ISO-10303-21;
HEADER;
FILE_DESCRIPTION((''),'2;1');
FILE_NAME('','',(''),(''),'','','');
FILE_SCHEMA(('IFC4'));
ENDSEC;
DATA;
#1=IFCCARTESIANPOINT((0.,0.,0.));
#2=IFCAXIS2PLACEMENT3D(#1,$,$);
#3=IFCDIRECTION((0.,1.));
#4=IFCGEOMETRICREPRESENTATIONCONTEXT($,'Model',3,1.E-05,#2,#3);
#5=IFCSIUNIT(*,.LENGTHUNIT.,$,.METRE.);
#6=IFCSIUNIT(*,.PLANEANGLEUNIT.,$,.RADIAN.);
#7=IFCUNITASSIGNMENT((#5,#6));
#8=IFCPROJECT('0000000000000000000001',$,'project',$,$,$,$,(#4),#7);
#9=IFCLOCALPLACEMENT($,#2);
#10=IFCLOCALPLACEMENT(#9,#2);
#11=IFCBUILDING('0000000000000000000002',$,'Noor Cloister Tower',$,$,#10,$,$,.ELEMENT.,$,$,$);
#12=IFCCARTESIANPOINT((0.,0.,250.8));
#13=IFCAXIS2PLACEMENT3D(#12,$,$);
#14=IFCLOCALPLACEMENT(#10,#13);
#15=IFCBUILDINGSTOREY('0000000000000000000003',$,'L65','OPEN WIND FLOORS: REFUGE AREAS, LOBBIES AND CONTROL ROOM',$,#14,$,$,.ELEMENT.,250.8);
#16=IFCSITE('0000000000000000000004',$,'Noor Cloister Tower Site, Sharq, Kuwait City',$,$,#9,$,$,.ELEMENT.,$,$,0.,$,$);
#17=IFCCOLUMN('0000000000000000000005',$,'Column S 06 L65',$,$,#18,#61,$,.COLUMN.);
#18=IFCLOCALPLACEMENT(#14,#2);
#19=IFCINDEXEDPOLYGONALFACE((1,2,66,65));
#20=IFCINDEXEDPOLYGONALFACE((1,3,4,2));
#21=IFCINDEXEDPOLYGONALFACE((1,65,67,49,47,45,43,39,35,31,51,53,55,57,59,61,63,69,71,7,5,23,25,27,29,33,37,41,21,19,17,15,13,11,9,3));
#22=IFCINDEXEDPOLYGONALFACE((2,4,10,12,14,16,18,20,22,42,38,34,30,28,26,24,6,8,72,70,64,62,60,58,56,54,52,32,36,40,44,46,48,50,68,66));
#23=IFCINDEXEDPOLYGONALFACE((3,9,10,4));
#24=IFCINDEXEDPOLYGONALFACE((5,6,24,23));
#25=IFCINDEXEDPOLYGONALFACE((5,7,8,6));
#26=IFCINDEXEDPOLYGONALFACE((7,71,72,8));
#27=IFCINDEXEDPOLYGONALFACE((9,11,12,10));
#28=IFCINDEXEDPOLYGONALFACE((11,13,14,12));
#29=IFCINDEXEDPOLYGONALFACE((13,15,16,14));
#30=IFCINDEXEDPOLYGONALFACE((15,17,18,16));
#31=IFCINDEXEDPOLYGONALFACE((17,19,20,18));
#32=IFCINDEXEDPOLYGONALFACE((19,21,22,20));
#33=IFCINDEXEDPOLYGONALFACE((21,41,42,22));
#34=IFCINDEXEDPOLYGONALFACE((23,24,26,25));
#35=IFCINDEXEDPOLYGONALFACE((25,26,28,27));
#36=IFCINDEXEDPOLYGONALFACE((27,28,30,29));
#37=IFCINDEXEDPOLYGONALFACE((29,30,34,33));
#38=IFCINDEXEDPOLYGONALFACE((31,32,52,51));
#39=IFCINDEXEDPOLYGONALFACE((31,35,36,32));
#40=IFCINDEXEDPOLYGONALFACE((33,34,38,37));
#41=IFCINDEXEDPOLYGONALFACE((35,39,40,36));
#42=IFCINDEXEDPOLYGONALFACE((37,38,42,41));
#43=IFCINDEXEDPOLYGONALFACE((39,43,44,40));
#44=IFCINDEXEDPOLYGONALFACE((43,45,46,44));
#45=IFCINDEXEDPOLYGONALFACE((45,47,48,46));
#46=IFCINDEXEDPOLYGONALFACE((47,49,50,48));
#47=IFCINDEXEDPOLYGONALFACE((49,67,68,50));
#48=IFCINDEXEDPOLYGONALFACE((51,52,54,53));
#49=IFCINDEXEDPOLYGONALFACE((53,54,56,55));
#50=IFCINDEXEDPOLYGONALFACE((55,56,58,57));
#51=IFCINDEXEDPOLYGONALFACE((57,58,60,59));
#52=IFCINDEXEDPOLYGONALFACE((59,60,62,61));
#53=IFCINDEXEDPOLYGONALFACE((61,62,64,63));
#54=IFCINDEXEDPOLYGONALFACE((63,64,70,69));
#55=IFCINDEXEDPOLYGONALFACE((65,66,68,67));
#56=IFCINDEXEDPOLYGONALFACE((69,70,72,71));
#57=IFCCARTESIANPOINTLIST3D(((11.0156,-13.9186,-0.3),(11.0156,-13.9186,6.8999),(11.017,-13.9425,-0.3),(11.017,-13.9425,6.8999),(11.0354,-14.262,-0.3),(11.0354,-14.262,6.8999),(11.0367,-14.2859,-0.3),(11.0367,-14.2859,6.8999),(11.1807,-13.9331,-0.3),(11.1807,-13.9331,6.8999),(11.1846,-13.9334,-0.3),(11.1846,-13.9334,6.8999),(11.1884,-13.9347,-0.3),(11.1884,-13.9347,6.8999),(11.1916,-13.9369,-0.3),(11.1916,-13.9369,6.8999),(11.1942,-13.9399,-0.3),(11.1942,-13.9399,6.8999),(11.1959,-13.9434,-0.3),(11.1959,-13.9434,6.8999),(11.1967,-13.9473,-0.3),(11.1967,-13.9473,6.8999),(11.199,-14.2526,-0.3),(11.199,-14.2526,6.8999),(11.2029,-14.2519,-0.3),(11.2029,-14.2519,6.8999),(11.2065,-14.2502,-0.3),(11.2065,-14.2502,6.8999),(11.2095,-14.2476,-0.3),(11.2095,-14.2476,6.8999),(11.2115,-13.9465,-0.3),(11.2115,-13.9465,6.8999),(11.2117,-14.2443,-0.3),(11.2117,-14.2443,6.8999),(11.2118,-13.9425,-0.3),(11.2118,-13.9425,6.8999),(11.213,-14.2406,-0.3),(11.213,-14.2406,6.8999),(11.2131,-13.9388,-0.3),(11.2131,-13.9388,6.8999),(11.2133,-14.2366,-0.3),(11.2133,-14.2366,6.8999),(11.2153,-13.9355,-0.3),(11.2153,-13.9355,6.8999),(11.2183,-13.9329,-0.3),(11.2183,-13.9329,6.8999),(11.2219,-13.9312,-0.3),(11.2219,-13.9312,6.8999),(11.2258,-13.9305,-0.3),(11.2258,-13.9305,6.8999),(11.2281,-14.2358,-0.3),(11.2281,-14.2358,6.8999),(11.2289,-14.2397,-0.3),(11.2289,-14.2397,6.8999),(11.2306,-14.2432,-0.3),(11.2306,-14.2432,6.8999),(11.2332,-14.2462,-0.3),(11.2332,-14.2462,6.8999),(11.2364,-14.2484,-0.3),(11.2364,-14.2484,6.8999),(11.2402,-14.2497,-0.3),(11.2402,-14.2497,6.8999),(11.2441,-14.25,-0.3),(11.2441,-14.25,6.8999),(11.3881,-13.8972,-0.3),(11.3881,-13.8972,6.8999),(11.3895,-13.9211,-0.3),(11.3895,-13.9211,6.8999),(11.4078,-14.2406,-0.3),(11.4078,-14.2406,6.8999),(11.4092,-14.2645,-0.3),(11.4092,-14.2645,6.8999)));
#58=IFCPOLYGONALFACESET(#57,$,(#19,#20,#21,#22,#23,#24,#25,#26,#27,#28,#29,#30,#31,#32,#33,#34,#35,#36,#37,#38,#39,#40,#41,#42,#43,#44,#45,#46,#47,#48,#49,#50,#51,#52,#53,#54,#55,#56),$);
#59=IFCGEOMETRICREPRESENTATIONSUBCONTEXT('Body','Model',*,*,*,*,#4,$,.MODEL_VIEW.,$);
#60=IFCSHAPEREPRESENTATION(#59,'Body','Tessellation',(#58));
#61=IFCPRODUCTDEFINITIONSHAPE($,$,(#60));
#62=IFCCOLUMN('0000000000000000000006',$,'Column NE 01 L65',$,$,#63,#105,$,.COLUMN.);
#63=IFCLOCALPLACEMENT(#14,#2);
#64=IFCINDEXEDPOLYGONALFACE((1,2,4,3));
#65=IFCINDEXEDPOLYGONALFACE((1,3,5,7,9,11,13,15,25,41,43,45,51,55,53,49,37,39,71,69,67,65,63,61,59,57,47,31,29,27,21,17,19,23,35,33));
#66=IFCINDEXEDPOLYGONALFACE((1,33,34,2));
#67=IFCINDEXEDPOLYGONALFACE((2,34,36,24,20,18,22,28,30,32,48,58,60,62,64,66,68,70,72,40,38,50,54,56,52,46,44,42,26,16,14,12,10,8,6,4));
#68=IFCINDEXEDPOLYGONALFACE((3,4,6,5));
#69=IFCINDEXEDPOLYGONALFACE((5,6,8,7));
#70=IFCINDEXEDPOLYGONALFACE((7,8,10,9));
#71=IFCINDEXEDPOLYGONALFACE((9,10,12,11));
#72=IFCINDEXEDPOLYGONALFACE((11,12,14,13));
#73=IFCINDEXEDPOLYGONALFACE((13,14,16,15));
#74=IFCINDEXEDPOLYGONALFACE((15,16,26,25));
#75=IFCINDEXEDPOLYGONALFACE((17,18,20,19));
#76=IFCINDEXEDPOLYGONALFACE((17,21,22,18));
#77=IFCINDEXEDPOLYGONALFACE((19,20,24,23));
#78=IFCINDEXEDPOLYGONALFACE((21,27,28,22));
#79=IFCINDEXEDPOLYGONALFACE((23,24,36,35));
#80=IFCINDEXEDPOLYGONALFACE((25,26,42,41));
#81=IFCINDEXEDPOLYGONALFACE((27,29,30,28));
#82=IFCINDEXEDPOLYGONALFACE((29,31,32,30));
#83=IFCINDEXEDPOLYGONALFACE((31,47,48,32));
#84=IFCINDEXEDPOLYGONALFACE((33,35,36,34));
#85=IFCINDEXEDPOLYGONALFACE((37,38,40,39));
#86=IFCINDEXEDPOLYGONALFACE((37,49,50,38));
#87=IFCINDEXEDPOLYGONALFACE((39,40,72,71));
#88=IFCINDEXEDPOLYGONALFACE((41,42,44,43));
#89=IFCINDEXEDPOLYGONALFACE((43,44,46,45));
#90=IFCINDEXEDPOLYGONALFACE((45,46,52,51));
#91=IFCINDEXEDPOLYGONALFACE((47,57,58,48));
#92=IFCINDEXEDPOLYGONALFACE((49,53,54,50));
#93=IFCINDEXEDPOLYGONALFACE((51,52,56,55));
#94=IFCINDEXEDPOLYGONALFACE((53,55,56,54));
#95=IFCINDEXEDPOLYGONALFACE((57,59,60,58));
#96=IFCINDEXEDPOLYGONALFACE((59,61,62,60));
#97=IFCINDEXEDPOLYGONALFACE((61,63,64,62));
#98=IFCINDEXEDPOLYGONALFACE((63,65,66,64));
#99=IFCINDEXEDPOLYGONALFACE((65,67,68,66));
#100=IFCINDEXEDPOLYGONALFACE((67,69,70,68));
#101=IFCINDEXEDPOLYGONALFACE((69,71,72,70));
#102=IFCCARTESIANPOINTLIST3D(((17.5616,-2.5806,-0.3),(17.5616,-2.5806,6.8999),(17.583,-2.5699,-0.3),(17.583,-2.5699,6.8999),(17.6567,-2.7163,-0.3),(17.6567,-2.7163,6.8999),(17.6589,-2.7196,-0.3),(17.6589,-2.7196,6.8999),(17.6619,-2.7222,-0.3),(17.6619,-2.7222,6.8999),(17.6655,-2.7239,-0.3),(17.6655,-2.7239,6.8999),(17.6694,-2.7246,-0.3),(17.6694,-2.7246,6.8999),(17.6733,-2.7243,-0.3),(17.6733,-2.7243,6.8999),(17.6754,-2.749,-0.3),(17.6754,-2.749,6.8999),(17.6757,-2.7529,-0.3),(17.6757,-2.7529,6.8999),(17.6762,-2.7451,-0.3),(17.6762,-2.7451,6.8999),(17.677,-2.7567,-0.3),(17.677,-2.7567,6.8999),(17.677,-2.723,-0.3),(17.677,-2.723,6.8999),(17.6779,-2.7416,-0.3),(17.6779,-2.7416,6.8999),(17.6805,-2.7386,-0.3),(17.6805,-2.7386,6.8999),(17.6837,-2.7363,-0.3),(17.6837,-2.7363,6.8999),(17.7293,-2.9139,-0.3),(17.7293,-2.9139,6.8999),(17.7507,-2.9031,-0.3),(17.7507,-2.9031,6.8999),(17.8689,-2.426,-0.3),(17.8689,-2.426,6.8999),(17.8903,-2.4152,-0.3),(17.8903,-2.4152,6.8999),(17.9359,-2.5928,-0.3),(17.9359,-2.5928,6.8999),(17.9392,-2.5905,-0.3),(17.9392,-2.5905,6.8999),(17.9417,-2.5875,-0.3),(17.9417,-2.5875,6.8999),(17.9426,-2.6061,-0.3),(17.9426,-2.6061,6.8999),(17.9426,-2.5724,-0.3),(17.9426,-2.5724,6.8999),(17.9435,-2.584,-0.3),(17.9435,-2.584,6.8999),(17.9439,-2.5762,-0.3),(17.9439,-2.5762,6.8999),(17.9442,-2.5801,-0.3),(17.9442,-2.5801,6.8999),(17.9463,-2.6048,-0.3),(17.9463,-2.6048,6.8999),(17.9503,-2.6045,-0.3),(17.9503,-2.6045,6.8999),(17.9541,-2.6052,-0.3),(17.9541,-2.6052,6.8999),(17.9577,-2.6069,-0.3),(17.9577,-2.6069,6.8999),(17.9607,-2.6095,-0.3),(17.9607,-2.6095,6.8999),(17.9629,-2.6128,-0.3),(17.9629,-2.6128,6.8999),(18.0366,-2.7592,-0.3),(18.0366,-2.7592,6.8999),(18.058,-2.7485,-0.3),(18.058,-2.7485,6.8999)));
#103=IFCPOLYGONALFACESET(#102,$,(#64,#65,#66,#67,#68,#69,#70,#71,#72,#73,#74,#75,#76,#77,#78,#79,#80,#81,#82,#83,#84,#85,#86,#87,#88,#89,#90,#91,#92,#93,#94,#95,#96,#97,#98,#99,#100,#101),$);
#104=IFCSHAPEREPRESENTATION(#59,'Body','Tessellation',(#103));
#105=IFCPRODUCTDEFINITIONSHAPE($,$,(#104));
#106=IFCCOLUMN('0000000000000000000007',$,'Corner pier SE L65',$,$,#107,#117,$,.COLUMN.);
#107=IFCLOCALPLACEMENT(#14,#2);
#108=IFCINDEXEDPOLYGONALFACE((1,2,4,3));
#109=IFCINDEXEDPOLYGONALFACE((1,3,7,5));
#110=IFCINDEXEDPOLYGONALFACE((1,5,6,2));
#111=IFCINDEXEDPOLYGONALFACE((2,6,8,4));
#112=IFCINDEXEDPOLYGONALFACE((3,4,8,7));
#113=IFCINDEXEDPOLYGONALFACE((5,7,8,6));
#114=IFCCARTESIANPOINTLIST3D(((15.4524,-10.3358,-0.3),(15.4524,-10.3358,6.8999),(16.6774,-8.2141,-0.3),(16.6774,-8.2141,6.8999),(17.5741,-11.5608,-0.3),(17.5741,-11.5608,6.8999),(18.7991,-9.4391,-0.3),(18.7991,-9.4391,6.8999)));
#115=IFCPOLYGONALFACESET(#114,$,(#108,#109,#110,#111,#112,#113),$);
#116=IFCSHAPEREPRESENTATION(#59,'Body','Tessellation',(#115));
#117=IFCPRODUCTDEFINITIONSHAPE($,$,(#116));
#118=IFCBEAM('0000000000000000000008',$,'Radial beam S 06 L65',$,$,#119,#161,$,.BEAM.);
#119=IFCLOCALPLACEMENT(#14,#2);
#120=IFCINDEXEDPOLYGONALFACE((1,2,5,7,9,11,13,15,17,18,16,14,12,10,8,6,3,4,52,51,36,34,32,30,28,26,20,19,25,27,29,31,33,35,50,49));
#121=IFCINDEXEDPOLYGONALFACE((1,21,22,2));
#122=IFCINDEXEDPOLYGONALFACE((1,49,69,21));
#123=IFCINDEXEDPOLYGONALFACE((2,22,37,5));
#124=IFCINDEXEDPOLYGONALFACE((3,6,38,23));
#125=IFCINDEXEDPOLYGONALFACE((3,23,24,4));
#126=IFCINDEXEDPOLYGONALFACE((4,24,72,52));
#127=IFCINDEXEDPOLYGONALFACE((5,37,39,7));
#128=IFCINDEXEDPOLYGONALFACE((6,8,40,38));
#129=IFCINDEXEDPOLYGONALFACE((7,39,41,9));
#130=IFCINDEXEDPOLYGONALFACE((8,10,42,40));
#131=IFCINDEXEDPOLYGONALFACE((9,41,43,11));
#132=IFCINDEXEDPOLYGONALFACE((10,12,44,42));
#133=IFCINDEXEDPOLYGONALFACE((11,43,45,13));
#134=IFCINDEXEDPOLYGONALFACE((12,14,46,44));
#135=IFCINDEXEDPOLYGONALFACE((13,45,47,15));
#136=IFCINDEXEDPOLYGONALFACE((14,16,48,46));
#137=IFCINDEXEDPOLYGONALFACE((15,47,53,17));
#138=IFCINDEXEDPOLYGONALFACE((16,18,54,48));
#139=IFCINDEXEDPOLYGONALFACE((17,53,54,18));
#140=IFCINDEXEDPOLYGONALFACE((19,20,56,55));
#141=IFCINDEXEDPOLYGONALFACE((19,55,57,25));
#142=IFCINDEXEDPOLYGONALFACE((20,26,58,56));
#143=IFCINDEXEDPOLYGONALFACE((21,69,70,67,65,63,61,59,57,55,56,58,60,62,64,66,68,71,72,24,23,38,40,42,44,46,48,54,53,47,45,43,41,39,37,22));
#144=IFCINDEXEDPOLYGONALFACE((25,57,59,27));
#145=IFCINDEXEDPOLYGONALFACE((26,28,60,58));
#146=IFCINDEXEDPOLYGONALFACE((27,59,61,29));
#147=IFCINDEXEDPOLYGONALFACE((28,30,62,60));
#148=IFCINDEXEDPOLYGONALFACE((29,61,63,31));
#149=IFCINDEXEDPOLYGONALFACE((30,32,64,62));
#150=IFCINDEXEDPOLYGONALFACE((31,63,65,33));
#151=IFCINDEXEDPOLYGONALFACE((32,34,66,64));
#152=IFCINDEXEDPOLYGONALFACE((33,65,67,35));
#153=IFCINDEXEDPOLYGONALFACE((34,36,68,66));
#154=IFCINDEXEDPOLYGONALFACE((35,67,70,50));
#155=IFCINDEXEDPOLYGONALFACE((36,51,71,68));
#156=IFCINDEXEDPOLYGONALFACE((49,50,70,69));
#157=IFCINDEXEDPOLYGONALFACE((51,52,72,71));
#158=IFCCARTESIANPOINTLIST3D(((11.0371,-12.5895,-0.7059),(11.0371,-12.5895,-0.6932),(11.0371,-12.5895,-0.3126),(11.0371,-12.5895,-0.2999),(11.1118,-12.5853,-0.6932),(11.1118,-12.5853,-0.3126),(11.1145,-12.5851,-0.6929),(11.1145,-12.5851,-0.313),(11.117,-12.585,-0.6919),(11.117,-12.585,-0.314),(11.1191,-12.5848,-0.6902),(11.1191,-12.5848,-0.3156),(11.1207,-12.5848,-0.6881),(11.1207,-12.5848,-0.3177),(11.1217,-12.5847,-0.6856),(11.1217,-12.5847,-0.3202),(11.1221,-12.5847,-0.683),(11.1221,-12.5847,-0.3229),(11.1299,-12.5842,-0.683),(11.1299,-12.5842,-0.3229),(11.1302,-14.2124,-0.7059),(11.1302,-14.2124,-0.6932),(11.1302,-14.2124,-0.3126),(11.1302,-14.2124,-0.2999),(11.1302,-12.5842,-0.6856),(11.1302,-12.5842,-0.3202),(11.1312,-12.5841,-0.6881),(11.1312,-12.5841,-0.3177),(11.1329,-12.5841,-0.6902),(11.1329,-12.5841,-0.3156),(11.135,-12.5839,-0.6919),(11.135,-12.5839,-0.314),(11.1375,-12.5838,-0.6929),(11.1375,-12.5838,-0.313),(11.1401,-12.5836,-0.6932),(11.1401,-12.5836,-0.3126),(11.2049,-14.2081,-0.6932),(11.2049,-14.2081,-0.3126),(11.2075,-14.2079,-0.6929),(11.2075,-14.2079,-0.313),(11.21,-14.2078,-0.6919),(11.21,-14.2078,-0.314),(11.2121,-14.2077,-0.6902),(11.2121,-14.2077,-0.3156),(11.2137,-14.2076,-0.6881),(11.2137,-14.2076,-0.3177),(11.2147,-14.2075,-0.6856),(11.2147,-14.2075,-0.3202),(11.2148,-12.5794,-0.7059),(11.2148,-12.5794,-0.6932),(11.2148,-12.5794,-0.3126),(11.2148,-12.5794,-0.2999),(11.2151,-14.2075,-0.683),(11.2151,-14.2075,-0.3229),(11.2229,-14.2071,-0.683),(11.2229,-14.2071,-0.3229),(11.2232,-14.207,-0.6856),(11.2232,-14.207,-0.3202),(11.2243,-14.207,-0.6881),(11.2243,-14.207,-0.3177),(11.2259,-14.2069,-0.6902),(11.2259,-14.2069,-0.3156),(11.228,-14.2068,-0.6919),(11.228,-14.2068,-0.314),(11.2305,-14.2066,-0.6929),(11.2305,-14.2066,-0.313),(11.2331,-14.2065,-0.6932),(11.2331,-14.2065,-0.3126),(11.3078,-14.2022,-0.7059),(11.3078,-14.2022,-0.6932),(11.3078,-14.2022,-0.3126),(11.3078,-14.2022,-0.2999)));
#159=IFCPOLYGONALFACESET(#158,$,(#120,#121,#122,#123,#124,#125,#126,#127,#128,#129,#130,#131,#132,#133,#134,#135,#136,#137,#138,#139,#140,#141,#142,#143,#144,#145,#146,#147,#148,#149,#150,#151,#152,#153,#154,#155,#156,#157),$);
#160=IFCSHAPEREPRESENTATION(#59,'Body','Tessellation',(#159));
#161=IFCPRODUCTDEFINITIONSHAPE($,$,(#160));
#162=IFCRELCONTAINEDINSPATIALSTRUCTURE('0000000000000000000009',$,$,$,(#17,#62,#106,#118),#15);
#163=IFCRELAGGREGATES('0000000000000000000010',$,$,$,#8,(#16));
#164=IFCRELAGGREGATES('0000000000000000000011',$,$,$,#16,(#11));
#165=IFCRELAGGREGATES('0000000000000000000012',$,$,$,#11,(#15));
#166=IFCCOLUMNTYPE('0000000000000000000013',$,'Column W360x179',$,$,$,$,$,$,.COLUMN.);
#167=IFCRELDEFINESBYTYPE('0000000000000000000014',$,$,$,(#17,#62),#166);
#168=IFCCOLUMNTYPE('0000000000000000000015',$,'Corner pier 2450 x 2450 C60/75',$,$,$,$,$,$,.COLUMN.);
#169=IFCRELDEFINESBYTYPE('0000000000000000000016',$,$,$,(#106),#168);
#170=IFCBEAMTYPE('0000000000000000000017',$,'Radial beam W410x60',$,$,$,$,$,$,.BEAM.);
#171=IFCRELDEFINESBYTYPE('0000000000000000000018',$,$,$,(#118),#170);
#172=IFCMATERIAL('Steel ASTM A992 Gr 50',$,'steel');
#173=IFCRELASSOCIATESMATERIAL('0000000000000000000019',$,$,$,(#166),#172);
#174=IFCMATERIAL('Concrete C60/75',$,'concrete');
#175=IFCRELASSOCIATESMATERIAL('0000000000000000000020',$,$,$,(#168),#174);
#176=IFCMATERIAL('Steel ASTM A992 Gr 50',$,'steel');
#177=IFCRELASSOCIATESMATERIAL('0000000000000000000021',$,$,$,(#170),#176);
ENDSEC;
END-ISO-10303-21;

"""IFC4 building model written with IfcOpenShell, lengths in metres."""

from ifc_helpers import new_model, si_unit, direction, frame, origin, origin_2d, place, context, subcontext, project, spatial, rectangle, i_section, extrude, material, material_profile, profile_set, type_object, element, save


model = new_model("IFC4")

# Units and contexts
model_context = context("Model", 3, precision=1e-05, world=origin(), true_north=direction((0.0, 1.0)))
body_context = subcontext(model_context, "Body", "Model", "MODEL_VIEW")
ifc_project = project(units=[si_unit("LENGTHUNIT", "METRE"), si_unit("PLANEANGLEUNIT", "RADIAN")], contexts=[model_context])

# Site, building, storey
site_placement = place(None, origin())
site = spatial("IfcSite", under=ifc_project, at=site_placement, Name="Noor Cloister Tower Site, Sharq, Kuwait City", CompositionType="ELEMENT", RefElevation=0.0)
building_placement = place(site_placement, origin())
building = spatial("IfcBuilding", under=site, at=building_placement, Name="Noor Cloister Tower", CompositionType="ELEMENT")
storey_placement = place(building_placement, frame((0.0, 0.0, 250.8)))
storey = spatial("IfcBuildingStorey", under=building, at=storey_placement, Name="L65", Description="OPEN WIND FLOORS: REFUGE AREAS, LOBBIES AND CONTROL ROOM", CompositionType="ELEMENT", Elevation=250.8)

# Columns
ifc_material_1 = material(Name="Steel ASTM A992 Gr 50", Category="steel")
ifc_material_profile_1 = material_profile(ifc_material_1, i_section(OverallWidth=0.373, OverallDepth=0.3679, WebThickness=0.0149, FlangeThickness=0.0239, FilletRadius=0.0151, at=origin_2d()), Name="W360x179")
ifc_profile_set_1 = profile_set([ifc_material_profile_1], Name="Steel ASTM A992 Gr 50")
column_type_1 = type_object("IfcColumnType", Name="Column W360x179", PredefinedType="COLUMN", material=ifc_profile_set_1)
for number, where, z_axis, x_axis, name in (
    (1, (11.2124, -14.0916, -0.3), (0.0, 0.0, 1.0), (0.998358, 0.057286, 0.0), "Column S 06 L65"),
    (2, (17.8098, -2.6646, -0.3), (0.0, 0.0, 1.0), (-0.449568, 0.893246, 0.0), "Column NE 01 L65"),
):
    element("IfcColumn", number, at=place(storey_placement, frame(where, z_axis=z_axis, x_axis=x_axis)), inside=storey, type_object=column_type_1, Name=name, PredefinedType="COLUMN", context=body_context, shape_type="SweptSolid", body=[
        extrude(i_section(OverallWidth=0.373, OverallDepth=0.3679, WebThickness=0.0149, FlangeThickness=0.0239, FilletRadius=0.0151, at=origin_2d()), origin(), (0.0, 0.0, 1.0), 7.2),
    ])
ifc_material_2 = material(Name="Concrete C60/75", Category="concrete")
ifc_material_profile_2 = material_profile(ifc_material_2, rectangle(XDim=2.45, YDim=2.45, at=origin_2d()), Name="RC 2450x2450")
ifc_profile_set_2 = profile_set([ifc_material_profile_2], Name="Concrete C60/75")
column_type_2 = type_object("IfcColumnType", Name="Corner pier 2450 x 2450 C60/75", PredefinedType="COLUMN", material=ifc_profile_set_2)
column_placement = place(storey_placement, frame((17.1257, -9.8875, -0.3), z_axis=(0.0, 0.0, 1.0), x_axis=(0.866025, -0.5, 0.0)))
element("IfcColumn", 3, at=column_placement, inside=storey, type_object=column_type_2, Name="Corner pier SE L65", PredefinedType="COLUMN", context=body_context, shape_type="SweptSolid", body=[
    extrude(rectangle(XDim=2.45, YDim=2.45, at=origin_2d()), origin(), (0.0, 0.0, 1.0), 7.2),
])

# Beam
ifc_material_3 = material(Name="Steel ASTM A992 Gr 50", Category="steel")
ifc_material_profile_3 = material_profile(ifc_material_3, i_section(OverallWidth=0.178, OverallDepth=0.406, WebThickness=0.0078, FlangeThickness=0.0127, FilletRadius=0.0103, at=origin_2d()), Name="W410x60")
ifc_profile_set_3 = profile_set([ifc_material_profile_3], Name="Steel ASTM A992 Gr 50")
beam_type_1 = type_object("IfcBeamType", Name="Radial beam W410x60", PredefinedType="BEAM", material=ifc_profile_set_3)
beam_1_placement = place(storey_placement, frame((11.219, -14.2073, -0.5029), z_axis=(-0.057225, 0.998361, 0.0), x_axis=(-0.998361, -0.057225, 0.0)))
element("IfcBeam", 4, at=beam_1_placement, inside=storey, type_object=beam_type_1, Name="Radial beam S 06 L65", PredefinedType="BEAM", context=body_context, shape_type="SweptSolid", body=[
    extrude(i_section(OverallWidth=0.178, OverallDepth=0.406, WebThickness=0.0078, FlangeThickness=0.0127, FilletRadius=0.0103, at=origin_2d()), origin(), (0.0, 0.0, 1.0), 1.6255),
])

save(model, "model.ifc")
